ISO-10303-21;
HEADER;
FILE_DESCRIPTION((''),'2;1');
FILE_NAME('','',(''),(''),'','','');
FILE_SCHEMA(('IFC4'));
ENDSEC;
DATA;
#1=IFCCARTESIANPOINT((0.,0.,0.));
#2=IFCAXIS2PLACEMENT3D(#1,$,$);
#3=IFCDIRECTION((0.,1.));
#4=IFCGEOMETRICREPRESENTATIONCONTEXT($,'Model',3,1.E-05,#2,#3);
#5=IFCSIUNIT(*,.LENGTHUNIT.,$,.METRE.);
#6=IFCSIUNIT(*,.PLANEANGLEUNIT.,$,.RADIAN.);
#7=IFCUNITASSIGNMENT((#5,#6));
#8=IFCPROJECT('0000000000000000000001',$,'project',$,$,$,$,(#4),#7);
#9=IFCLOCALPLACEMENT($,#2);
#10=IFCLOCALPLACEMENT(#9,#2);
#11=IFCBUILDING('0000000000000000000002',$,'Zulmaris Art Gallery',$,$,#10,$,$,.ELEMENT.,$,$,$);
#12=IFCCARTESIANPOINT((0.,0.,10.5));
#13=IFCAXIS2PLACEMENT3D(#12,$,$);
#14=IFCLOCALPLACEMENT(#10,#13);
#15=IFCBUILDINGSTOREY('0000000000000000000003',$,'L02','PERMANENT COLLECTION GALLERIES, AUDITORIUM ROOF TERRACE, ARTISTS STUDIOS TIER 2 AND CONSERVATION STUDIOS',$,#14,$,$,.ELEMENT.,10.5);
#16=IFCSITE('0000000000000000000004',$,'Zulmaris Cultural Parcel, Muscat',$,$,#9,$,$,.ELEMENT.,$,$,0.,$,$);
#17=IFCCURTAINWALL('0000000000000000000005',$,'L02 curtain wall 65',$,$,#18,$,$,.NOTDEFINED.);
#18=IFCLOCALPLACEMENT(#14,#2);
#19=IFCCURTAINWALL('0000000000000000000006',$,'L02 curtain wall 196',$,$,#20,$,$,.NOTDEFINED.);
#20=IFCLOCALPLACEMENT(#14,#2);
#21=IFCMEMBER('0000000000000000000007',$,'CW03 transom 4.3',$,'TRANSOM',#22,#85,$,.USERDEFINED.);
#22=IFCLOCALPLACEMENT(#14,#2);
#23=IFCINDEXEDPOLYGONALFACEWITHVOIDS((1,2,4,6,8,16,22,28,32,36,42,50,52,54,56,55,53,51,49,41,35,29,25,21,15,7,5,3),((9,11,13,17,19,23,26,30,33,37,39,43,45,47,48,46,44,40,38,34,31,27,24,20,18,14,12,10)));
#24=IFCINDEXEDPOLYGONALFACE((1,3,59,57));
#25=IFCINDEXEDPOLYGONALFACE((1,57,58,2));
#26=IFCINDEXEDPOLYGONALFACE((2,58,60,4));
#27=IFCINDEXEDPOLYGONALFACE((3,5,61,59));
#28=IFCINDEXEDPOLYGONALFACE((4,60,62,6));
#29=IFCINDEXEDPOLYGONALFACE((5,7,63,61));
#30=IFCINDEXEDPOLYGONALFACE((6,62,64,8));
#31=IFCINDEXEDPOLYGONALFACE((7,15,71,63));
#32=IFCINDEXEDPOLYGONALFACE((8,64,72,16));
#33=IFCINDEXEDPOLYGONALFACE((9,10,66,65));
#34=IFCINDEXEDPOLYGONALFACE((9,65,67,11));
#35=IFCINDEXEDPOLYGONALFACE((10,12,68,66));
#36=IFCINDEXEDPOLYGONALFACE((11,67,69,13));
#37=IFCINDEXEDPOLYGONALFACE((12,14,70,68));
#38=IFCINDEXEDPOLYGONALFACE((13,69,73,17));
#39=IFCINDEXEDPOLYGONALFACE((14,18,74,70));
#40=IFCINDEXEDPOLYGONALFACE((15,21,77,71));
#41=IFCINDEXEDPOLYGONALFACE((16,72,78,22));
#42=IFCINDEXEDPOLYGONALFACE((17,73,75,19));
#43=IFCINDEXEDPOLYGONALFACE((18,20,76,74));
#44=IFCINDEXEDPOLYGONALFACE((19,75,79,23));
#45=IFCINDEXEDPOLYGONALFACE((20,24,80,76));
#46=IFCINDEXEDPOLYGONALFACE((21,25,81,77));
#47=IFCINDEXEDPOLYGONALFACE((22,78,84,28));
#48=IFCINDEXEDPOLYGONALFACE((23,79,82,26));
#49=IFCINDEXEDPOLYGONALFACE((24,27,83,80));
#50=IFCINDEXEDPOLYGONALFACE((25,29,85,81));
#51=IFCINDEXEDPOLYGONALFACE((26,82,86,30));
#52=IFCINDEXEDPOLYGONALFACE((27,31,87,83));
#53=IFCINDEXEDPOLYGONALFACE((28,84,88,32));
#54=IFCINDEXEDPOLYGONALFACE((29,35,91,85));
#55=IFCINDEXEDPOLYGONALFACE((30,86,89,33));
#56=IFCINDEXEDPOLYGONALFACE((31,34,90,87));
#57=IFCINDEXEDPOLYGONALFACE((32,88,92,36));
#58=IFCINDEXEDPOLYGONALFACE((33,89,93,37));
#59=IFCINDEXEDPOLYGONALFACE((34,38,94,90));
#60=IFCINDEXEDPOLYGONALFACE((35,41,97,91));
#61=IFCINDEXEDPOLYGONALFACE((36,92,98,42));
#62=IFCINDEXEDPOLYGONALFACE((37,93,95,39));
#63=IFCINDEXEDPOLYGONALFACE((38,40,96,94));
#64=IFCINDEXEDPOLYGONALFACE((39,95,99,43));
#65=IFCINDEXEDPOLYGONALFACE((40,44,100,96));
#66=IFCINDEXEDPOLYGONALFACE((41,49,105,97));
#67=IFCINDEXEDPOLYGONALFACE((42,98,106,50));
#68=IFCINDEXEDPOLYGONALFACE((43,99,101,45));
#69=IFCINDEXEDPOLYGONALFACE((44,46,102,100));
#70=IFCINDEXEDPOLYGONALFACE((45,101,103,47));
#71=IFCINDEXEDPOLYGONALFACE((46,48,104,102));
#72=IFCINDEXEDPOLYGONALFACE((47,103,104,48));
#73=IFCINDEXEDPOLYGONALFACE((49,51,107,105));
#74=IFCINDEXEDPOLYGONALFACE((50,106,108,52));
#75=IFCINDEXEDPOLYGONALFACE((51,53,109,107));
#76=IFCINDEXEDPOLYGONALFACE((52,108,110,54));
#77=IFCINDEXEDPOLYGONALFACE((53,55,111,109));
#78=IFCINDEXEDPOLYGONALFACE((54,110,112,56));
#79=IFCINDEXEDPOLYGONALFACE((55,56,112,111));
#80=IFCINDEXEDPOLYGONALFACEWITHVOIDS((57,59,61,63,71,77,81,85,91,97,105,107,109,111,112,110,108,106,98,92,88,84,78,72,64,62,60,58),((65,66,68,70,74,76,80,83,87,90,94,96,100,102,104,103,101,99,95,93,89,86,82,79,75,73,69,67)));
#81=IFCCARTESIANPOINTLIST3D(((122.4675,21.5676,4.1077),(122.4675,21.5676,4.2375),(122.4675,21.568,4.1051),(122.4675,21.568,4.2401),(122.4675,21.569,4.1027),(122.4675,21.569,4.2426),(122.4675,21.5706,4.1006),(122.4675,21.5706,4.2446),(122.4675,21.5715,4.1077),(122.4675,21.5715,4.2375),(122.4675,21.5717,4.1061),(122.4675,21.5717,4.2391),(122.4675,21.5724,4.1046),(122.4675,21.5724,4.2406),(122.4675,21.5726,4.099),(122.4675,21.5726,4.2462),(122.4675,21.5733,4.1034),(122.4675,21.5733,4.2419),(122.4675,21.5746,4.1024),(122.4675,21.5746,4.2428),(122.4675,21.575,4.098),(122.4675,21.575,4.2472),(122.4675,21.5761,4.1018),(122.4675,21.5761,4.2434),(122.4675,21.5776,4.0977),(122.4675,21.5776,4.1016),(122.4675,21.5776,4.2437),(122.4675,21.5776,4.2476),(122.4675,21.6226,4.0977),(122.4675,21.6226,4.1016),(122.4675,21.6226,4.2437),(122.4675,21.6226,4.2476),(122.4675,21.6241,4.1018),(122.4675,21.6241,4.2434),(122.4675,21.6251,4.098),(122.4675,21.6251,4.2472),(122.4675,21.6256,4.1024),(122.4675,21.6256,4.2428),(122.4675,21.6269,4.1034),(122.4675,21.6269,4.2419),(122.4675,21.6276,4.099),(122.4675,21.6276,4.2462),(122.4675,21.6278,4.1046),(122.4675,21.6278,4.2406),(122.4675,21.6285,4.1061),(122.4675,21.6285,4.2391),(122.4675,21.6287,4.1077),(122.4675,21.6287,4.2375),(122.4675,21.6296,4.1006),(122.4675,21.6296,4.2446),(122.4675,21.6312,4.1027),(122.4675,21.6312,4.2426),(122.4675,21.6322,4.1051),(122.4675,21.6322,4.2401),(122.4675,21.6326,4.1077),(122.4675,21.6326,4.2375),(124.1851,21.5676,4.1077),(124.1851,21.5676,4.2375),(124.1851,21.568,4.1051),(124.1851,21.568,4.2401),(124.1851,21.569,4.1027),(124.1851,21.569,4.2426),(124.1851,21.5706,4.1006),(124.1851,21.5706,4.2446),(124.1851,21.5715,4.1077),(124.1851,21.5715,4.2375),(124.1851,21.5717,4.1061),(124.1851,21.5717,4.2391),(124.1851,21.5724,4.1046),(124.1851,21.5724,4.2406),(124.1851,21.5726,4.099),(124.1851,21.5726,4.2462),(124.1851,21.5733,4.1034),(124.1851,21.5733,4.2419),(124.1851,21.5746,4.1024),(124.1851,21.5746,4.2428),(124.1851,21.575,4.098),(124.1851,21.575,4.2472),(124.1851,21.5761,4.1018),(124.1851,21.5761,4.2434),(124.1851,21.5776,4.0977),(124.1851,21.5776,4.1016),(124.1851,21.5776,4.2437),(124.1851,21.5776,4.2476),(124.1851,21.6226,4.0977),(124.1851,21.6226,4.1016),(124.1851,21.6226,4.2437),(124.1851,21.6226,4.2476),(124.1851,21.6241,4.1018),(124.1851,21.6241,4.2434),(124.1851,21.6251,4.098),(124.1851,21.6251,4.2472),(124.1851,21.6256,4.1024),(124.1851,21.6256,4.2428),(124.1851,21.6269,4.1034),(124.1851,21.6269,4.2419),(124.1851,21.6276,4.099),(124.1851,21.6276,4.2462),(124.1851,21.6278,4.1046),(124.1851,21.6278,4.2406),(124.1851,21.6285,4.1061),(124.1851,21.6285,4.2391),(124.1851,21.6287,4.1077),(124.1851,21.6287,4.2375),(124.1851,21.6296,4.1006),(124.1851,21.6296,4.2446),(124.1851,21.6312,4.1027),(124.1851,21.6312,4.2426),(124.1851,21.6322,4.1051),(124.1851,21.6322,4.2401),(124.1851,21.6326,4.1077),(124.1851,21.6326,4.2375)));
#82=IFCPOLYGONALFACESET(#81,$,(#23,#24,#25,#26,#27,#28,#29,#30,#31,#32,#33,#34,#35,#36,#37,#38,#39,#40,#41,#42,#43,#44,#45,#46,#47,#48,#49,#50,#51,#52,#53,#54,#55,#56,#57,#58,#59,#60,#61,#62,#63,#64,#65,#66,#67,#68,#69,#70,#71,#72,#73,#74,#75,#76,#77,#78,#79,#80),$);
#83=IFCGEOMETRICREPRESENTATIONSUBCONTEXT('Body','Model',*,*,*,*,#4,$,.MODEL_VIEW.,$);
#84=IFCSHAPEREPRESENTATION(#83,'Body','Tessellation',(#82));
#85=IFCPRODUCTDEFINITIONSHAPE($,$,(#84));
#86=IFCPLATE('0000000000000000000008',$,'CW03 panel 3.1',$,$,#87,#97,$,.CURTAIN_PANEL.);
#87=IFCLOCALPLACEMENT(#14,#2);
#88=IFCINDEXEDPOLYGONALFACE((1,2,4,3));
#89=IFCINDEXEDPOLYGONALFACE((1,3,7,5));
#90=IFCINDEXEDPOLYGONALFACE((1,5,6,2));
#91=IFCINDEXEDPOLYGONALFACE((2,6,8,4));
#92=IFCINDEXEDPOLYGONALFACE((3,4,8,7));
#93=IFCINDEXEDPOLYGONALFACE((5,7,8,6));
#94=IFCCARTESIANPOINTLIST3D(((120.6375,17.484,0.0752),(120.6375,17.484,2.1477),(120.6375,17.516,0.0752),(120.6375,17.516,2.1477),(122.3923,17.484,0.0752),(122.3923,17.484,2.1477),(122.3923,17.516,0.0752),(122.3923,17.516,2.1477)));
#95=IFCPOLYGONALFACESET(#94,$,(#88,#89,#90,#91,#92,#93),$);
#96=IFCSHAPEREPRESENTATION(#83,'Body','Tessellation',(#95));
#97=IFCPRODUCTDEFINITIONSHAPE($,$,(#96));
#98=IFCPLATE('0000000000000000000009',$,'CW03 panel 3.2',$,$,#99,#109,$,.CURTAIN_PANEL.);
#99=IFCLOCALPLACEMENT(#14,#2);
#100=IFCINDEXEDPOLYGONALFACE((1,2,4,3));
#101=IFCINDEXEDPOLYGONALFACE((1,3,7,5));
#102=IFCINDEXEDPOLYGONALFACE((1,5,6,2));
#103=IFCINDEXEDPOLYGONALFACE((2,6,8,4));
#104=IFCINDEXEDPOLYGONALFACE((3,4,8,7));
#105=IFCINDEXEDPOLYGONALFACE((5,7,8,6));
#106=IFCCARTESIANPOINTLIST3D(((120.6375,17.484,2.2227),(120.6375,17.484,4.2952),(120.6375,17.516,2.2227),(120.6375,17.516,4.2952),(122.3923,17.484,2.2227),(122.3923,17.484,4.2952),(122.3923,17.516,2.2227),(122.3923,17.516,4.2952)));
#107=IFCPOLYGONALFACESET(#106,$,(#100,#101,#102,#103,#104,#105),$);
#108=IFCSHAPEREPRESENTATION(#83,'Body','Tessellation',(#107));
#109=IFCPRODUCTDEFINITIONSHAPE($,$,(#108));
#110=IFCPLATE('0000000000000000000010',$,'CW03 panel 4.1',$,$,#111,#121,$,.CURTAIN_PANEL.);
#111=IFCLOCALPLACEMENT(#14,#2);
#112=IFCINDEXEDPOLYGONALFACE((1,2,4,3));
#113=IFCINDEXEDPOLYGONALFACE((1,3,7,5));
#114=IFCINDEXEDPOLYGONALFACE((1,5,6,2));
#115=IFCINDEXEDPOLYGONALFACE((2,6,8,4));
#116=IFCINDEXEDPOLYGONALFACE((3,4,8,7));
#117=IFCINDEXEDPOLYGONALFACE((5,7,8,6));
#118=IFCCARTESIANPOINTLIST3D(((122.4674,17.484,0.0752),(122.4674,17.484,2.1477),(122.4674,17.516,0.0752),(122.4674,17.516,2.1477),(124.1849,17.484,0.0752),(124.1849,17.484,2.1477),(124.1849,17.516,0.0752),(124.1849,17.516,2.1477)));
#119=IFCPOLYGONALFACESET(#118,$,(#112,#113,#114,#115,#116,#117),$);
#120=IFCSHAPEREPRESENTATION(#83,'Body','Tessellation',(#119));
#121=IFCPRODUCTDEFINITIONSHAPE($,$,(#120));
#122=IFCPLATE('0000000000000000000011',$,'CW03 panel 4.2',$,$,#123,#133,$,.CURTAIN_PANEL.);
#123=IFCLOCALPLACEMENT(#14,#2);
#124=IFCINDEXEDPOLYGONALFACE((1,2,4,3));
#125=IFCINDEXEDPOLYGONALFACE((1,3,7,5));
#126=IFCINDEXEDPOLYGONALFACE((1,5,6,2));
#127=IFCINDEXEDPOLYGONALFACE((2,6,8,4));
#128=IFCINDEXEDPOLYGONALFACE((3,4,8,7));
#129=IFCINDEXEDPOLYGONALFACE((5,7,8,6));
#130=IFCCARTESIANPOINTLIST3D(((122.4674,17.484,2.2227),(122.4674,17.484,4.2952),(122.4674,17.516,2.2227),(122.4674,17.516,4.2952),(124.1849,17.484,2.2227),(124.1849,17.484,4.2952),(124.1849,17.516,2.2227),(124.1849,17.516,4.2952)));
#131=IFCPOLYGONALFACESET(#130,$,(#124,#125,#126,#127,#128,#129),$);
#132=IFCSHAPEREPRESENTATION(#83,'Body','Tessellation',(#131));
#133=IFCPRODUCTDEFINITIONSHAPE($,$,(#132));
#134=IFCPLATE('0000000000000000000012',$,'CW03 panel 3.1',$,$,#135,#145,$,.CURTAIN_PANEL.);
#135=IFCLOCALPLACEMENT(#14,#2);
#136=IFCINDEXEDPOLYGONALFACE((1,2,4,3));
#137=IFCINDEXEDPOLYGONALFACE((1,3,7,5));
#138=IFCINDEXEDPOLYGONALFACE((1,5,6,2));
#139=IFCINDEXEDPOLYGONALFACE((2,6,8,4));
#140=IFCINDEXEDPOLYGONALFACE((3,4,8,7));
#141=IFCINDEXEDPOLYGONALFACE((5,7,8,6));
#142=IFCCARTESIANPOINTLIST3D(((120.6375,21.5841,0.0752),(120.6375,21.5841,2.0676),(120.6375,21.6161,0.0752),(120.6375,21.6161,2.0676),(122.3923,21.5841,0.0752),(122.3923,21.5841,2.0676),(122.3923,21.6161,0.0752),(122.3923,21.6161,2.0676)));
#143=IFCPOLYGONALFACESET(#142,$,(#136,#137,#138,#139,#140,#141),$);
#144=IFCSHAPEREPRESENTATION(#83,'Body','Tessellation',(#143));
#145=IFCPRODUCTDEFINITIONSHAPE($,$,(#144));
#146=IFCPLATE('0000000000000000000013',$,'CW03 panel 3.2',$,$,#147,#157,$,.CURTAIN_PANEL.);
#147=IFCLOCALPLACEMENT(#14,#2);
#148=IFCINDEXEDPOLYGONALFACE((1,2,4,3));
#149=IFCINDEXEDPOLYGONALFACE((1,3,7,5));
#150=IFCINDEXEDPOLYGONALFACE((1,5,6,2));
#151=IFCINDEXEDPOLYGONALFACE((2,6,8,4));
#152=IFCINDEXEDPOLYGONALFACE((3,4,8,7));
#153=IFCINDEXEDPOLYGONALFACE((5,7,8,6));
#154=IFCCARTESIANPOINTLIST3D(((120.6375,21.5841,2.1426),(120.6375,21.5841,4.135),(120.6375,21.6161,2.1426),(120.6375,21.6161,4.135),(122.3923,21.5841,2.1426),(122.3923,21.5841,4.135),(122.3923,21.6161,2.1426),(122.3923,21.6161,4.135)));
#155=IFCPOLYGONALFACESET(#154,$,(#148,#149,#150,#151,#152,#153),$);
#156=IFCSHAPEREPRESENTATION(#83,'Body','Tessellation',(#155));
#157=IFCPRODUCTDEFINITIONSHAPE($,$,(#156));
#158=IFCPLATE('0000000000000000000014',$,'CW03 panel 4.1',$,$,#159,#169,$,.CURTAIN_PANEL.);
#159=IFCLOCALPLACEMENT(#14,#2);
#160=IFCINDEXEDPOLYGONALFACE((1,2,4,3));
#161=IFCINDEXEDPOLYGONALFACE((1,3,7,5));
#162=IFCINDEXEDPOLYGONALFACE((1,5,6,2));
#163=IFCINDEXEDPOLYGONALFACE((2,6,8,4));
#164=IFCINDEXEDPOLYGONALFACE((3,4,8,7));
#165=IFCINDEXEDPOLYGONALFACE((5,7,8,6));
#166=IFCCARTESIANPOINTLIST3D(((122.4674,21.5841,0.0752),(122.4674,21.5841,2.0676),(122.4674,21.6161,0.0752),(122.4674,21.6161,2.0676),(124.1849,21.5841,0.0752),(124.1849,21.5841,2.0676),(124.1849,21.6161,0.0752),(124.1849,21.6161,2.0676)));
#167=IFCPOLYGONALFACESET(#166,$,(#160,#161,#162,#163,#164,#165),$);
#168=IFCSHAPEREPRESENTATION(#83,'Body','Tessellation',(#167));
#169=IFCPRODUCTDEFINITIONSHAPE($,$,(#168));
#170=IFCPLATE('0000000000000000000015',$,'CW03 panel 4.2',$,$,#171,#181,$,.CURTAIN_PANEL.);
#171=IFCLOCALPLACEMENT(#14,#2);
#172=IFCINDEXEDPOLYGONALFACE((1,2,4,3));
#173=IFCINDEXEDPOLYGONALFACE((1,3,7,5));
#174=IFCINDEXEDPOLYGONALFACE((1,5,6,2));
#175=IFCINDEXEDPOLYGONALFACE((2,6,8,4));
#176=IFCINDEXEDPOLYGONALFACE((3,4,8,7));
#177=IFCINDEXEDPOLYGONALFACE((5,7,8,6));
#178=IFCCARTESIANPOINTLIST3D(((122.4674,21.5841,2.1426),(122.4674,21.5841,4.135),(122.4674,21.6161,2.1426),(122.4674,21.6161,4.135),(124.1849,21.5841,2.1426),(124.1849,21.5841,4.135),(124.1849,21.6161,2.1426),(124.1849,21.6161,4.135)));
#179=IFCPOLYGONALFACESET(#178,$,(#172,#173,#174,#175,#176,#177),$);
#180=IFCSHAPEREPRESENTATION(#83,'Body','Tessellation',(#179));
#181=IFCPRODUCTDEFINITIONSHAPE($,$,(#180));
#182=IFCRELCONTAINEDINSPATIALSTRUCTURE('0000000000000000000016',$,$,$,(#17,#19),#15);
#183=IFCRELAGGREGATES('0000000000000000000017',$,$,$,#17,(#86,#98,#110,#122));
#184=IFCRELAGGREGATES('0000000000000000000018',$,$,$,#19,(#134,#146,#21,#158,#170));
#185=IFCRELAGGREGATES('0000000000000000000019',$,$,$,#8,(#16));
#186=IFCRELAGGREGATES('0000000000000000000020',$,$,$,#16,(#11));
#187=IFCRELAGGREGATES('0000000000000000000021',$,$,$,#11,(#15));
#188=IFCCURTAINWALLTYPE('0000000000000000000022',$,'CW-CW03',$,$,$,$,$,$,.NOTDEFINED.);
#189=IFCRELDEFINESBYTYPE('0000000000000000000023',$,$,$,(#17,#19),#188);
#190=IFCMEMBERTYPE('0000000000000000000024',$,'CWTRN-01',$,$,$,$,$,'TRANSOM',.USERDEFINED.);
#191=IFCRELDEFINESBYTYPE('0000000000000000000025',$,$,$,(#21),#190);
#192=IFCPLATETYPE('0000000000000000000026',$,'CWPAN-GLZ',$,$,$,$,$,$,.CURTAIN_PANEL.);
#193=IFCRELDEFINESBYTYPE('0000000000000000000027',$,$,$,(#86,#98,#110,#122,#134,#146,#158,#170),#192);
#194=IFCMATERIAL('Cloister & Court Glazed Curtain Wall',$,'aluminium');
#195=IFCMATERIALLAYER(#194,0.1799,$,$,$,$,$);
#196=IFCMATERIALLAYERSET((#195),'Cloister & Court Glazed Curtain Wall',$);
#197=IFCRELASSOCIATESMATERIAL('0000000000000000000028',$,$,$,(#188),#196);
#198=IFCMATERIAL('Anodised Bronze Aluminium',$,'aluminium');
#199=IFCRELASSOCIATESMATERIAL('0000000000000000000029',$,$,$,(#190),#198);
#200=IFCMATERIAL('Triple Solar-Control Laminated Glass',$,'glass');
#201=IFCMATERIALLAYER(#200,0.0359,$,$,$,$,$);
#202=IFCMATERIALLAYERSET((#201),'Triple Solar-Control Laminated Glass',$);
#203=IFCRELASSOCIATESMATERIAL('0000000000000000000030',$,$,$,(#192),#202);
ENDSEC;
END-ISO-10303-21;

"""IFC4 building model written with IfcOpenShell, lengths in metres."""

from ifc_helpers import new_model, si_unit, direction, frame, origin, origin_2d, place, context, subcontext, project, spatial, rectangle, hollow_rectangle, extrude, material, layer, layer_set, material_profile, profile_set, type_object, element, aggregate, save


model = new_model("IFC4")

# Units and contexts
model_context = context("Model", 3, precision=1e-05, world=origin(), true_north=direction((0.0, 1.0)))
body_context = subcontext(model_context, "Body", "Model", "MODEL_VIEW")
ifc_project = project(units=[si_unit("LENGTHUNIT", "METRE"), si_unit("PLANEANGLEUNIT", "RADIAN")], contexts=[model_context])

# Site, building, storey
site_placement = place(None, origin())
site = spatial("IfcSite", under=ifc_project, at=site_placement, Name="Zulmaris Cultural Parcel, Muscat", CompositionType="ELEMENT", RefElevation=0.0)
building_placement = place(site_placement, origin())
building = spatial("IfcBuilding", under=site, at=building_placement, Name="Zulmaris Art Gallery", CompositionType="ELEMENT")
storey_placement = place(building_placement, frame((0.0, 0.0, 10.5)))
storey = spatial("IfcBuildingStorey", under=building, at=storey_placement, Name="L02", Description="PERMANENT COLLECTION GALLERIES, AUDITORIUM ROOF TERRACE, ARTISTS STUDIOS TIER 2 AND CONSERVATION STUDIOS", CompositionType="ELEMENT", Elevation=10.5)

# Curtain walls
ifc_material_1 = material(Name="Cloister & Court Glazed Curtain Wall", Category="aluminium")
ifc_layer_1 = layer(ifc_material_1, 0.1799)
ifc_layer_set_1 = layer_set([ifc_layer_1], Name="Cloister & Court Glazed Curtain Wall")
curtain_wall_type = type_object("IfcCurtainWallType", Name="CW-CW03", PredefinedType="NOTDEFINED", material=ifc_layer_set_1)
curtain_wall_1_placement = place(storey_placement, origin())
curtain_wall_1 = element("IfcCurtainWall", 1, at=curtain_wall_1_placement, inside=storey, type_object=curtain_wall_type, Name="L02 curtain wall 65", PredefinedType="NOTDEFINED")
ifc_material_2 = material(Name="Anodised Bronze Aluminium", Category="aluminium")
curtain_wall_2_placement = place(storey_placement, origin())
curtain_wall_2 = element("IfcCurtainWall", 2, at=curtain_wall_2_placement, inside=storey, type_object=curtain_wall_type, Name="L02 curtain wall 196", PredefinedType="NOTDEFINED")

# Member
ifc_material_profile_1 = material_profile(ifc_material_2, hollow_rectangle(XDim=0.0649, YDim=0.1499, WallThickness=0.0039, InnerFilletRadius=0.0061, OuterFilletRadius=0.01, at=origin_2d()), Name="ALU 65x150x4")
ifc_profile_set_1 = profile_set([ifc_material_profile_1], Name="Anodised Bronze Aluminium")
member_type_1 = type_object("IfcMemberType", Name="CWTRN-01", ElementType="TRANSOM", PredefinedType="USERDEFINED", material=ifc_profile_set_1)
member_1_placement = place(storey_placement, frame((122.4675, 21.6001, 4.1726), z_axis=(1.0, 0.0, 0.0), x_axis=(0.0, 1.0, 0.0)))
member_1 = element("IfcMember", 3, at=member_1_placement, type_object=member_type_1, Name="CW03 transom 4.3", ObjectType="TRANSOM", PredefinedType="USERDEFINED", context=body_context, shape_type="SweptSolid", body=[
    extrude(hollow_rectangle(XDim=0.0649, YDim=0.1499, WallThickness=0.0039, InnerFilletRadius=0.0061, OuterFilletRadius=0.01, at=origin_2d()), origin(), (0.0, 0.0, 1.0), 1.7175),
])

# Plates
ifc_material_3 = material(Name="Triple Solar-Control Laminated Glass", Category="glass")
ifc_layer_2 = layer(ifc_material_3, 0.0359)
ifc_layer_set_2 = layer_set([ifc_layer_2], Name="Triple Solar-Control Laminated Glass")
plate_type = type_object("IfcPlateType", Name="CWPAN-GLZ", PredefinedType="CURTAIN_PANEL", material=ifc_layer_set_2)
plate_1_placement = place(storey_placement, frame((121.5149, 17.5, 0.0752), z_axis=(0.0, 0.0, 1.0), x_axis=(1.0, 0.0, 0.0)))
plate_1 = element("IfcPlate", 4, at=plate_1_placement, type_object=plate_type, Name="CW03 panel 3.1", PredefinedType="CURTAIN_PANEL", context=body_context, shape_type="SweptSolid", body=[
    extrude(rectangle(XDim=1.7549, YDim=0.032, at=origin_2d()), origin(), (0.0, 0.0, 1.0), 2.0725),
])
plate_2_placement = place(storey_placement, frame((121.5149, 17.5, 2.2227), z_axis=(0.0, 0.0, 1.0), x_axis=(1.0, 0.0, 0.0)))
plate_2 = element("IfcPlate", 5, at=plate_2_placement, type_object=plate_type, Name="CW03 panel 3.2", PredefinedType="CURTAIN_PANEL", context=body_context, shape_type="SweptSolid", body=[
    extrude(rectangle(XDim=1.7549, YDim=0.032, at=origin_2d()), origin(), (0.0, 0.0, 1.0), 2.0725),
])
plate_3_placement = place(storey_placement, frame((123.3262, 17.5, 0.0752), z_axis=(0.0, 0.0, 1.0), x_axis=(1.0, 0.0, 0.0)))
plate_3 = element("IfcPlate", 6, at=plate_3_placement, type_object=plate_type, Name="CW03 panel 4.1", PredefinedType="CURTAIN_PANEL", context=body_context, shape_type="SweptSolid", body=[
    extrude(rectangle(XDim=1.7175, YDim=0.032, at=origin_2d()), origin(), (0.0, 0.0, 1.0), 2.0725),
])
plate_4_placement = place(storey_placement, frame((123.3262, 17.5, 2.2227), z_axis=(0.0, 0.0, 1.0), x_axis=(1.0, 0.0, 0.0)))
plate_4 = element("IfcPlate", 7, at=plate_4_placement, type_object=plate_type, Name="CW03 panel 4.2", PredefinedType="CURTAIN_PANEL", context=body_context, shape_type="SweptSolid", body=[
    extrude(rectangle(XDim=1.7175, YDim=0.032, at=origin_2d()), origin(), (0.0, 0.0, 1.0), 2.0725),
])
aggregate(curtain_wall_1, [plate_1, plate_2, plate_3, plate_4])
plate_5_placement = place(storey_placement, frame((121.5149, 21.6001, 0.0752), z_axis=(0.0, 0.0, 1.0), x_axis=(1.0, 0.0, 0.0)))
plate_5 = element("IfcPlate", 8, at=plate_5_placement, type_object=plate_type, Name="CW03 panel 3.1", PredefinedType="CURTAIN_PANEL", context=body_context, shape_type="SweptSolid", body=[
    extrude(rectangle(XDim=1.7549, YDim=0.032, at=origin_2d()), origin(), (0.0, 0.0, 1.0), 1.9924),
])
plate_6_placement = place(storey_placement, frame((121.5149, 21.6001, 2.1426), z_axis=(0.0, 0.0, 1.0), x_axis=(1.0, 0.0, 0.0)))
plate_6 = element("IfcPlate", 9, at=plate_6_placement, type_object=plate_type, Name="CW03 panel 3.2", PredefinedType="CURTAIN_PANEL", context=body_context, shape_type="SweptSolid", body=[
    extrude(rectangle(XDim=1.7549, YDim=0.032, at=origin_2d()), origin(), (0.0, 0.0, 1.0), 1.9924),
])
plate_7_placement = place(storey_placement, frame((123.3262, 21.6001, 0.0752), z_axis=(0.0, 0.0, 1.0), x_axis=(1.0, 0.0, 0.0)))
plate_7 = element("IfcPlate", 10, at=plate_7_placement, type_object=plate_type, Name="CW03 panel 4.1", PredefinedType="CURTAIN_PANEL", context=body_context, shape_type="SweptSolid", body=[
    extrude(rectangle(XDim=1.7175, YDim=0.032, at=origin_2d()), origin(), (0.0, 0.0, 1.0), 1.9924),
])
plate_8_placement = place(storey_placement, frame((123.3262, 21.6001, 2.1426), z_axis=(0.0, 0.0, 1.0), x_axis=(1.0, 0.0, 0.0)))
plate_8 = element("IfcPlate", 11, at=plate_8_placement, type_object=plate_type, Name="CW03 panel 4.2", PredefinedType="CURTAIN_PANEL", context=body_context, shape_type="SweptSolid", body=[
    extrude(rectangle(XDim=1.7175, YDim=0.032, at=origin_2d()), origin(), (0.0, 0.0, 1.0), 1.9924),
])
aggregate(curtain_wall_2, [plate_5, plate_6, member_1, plate_7, plate_8])

save(model, "model.ifc")
